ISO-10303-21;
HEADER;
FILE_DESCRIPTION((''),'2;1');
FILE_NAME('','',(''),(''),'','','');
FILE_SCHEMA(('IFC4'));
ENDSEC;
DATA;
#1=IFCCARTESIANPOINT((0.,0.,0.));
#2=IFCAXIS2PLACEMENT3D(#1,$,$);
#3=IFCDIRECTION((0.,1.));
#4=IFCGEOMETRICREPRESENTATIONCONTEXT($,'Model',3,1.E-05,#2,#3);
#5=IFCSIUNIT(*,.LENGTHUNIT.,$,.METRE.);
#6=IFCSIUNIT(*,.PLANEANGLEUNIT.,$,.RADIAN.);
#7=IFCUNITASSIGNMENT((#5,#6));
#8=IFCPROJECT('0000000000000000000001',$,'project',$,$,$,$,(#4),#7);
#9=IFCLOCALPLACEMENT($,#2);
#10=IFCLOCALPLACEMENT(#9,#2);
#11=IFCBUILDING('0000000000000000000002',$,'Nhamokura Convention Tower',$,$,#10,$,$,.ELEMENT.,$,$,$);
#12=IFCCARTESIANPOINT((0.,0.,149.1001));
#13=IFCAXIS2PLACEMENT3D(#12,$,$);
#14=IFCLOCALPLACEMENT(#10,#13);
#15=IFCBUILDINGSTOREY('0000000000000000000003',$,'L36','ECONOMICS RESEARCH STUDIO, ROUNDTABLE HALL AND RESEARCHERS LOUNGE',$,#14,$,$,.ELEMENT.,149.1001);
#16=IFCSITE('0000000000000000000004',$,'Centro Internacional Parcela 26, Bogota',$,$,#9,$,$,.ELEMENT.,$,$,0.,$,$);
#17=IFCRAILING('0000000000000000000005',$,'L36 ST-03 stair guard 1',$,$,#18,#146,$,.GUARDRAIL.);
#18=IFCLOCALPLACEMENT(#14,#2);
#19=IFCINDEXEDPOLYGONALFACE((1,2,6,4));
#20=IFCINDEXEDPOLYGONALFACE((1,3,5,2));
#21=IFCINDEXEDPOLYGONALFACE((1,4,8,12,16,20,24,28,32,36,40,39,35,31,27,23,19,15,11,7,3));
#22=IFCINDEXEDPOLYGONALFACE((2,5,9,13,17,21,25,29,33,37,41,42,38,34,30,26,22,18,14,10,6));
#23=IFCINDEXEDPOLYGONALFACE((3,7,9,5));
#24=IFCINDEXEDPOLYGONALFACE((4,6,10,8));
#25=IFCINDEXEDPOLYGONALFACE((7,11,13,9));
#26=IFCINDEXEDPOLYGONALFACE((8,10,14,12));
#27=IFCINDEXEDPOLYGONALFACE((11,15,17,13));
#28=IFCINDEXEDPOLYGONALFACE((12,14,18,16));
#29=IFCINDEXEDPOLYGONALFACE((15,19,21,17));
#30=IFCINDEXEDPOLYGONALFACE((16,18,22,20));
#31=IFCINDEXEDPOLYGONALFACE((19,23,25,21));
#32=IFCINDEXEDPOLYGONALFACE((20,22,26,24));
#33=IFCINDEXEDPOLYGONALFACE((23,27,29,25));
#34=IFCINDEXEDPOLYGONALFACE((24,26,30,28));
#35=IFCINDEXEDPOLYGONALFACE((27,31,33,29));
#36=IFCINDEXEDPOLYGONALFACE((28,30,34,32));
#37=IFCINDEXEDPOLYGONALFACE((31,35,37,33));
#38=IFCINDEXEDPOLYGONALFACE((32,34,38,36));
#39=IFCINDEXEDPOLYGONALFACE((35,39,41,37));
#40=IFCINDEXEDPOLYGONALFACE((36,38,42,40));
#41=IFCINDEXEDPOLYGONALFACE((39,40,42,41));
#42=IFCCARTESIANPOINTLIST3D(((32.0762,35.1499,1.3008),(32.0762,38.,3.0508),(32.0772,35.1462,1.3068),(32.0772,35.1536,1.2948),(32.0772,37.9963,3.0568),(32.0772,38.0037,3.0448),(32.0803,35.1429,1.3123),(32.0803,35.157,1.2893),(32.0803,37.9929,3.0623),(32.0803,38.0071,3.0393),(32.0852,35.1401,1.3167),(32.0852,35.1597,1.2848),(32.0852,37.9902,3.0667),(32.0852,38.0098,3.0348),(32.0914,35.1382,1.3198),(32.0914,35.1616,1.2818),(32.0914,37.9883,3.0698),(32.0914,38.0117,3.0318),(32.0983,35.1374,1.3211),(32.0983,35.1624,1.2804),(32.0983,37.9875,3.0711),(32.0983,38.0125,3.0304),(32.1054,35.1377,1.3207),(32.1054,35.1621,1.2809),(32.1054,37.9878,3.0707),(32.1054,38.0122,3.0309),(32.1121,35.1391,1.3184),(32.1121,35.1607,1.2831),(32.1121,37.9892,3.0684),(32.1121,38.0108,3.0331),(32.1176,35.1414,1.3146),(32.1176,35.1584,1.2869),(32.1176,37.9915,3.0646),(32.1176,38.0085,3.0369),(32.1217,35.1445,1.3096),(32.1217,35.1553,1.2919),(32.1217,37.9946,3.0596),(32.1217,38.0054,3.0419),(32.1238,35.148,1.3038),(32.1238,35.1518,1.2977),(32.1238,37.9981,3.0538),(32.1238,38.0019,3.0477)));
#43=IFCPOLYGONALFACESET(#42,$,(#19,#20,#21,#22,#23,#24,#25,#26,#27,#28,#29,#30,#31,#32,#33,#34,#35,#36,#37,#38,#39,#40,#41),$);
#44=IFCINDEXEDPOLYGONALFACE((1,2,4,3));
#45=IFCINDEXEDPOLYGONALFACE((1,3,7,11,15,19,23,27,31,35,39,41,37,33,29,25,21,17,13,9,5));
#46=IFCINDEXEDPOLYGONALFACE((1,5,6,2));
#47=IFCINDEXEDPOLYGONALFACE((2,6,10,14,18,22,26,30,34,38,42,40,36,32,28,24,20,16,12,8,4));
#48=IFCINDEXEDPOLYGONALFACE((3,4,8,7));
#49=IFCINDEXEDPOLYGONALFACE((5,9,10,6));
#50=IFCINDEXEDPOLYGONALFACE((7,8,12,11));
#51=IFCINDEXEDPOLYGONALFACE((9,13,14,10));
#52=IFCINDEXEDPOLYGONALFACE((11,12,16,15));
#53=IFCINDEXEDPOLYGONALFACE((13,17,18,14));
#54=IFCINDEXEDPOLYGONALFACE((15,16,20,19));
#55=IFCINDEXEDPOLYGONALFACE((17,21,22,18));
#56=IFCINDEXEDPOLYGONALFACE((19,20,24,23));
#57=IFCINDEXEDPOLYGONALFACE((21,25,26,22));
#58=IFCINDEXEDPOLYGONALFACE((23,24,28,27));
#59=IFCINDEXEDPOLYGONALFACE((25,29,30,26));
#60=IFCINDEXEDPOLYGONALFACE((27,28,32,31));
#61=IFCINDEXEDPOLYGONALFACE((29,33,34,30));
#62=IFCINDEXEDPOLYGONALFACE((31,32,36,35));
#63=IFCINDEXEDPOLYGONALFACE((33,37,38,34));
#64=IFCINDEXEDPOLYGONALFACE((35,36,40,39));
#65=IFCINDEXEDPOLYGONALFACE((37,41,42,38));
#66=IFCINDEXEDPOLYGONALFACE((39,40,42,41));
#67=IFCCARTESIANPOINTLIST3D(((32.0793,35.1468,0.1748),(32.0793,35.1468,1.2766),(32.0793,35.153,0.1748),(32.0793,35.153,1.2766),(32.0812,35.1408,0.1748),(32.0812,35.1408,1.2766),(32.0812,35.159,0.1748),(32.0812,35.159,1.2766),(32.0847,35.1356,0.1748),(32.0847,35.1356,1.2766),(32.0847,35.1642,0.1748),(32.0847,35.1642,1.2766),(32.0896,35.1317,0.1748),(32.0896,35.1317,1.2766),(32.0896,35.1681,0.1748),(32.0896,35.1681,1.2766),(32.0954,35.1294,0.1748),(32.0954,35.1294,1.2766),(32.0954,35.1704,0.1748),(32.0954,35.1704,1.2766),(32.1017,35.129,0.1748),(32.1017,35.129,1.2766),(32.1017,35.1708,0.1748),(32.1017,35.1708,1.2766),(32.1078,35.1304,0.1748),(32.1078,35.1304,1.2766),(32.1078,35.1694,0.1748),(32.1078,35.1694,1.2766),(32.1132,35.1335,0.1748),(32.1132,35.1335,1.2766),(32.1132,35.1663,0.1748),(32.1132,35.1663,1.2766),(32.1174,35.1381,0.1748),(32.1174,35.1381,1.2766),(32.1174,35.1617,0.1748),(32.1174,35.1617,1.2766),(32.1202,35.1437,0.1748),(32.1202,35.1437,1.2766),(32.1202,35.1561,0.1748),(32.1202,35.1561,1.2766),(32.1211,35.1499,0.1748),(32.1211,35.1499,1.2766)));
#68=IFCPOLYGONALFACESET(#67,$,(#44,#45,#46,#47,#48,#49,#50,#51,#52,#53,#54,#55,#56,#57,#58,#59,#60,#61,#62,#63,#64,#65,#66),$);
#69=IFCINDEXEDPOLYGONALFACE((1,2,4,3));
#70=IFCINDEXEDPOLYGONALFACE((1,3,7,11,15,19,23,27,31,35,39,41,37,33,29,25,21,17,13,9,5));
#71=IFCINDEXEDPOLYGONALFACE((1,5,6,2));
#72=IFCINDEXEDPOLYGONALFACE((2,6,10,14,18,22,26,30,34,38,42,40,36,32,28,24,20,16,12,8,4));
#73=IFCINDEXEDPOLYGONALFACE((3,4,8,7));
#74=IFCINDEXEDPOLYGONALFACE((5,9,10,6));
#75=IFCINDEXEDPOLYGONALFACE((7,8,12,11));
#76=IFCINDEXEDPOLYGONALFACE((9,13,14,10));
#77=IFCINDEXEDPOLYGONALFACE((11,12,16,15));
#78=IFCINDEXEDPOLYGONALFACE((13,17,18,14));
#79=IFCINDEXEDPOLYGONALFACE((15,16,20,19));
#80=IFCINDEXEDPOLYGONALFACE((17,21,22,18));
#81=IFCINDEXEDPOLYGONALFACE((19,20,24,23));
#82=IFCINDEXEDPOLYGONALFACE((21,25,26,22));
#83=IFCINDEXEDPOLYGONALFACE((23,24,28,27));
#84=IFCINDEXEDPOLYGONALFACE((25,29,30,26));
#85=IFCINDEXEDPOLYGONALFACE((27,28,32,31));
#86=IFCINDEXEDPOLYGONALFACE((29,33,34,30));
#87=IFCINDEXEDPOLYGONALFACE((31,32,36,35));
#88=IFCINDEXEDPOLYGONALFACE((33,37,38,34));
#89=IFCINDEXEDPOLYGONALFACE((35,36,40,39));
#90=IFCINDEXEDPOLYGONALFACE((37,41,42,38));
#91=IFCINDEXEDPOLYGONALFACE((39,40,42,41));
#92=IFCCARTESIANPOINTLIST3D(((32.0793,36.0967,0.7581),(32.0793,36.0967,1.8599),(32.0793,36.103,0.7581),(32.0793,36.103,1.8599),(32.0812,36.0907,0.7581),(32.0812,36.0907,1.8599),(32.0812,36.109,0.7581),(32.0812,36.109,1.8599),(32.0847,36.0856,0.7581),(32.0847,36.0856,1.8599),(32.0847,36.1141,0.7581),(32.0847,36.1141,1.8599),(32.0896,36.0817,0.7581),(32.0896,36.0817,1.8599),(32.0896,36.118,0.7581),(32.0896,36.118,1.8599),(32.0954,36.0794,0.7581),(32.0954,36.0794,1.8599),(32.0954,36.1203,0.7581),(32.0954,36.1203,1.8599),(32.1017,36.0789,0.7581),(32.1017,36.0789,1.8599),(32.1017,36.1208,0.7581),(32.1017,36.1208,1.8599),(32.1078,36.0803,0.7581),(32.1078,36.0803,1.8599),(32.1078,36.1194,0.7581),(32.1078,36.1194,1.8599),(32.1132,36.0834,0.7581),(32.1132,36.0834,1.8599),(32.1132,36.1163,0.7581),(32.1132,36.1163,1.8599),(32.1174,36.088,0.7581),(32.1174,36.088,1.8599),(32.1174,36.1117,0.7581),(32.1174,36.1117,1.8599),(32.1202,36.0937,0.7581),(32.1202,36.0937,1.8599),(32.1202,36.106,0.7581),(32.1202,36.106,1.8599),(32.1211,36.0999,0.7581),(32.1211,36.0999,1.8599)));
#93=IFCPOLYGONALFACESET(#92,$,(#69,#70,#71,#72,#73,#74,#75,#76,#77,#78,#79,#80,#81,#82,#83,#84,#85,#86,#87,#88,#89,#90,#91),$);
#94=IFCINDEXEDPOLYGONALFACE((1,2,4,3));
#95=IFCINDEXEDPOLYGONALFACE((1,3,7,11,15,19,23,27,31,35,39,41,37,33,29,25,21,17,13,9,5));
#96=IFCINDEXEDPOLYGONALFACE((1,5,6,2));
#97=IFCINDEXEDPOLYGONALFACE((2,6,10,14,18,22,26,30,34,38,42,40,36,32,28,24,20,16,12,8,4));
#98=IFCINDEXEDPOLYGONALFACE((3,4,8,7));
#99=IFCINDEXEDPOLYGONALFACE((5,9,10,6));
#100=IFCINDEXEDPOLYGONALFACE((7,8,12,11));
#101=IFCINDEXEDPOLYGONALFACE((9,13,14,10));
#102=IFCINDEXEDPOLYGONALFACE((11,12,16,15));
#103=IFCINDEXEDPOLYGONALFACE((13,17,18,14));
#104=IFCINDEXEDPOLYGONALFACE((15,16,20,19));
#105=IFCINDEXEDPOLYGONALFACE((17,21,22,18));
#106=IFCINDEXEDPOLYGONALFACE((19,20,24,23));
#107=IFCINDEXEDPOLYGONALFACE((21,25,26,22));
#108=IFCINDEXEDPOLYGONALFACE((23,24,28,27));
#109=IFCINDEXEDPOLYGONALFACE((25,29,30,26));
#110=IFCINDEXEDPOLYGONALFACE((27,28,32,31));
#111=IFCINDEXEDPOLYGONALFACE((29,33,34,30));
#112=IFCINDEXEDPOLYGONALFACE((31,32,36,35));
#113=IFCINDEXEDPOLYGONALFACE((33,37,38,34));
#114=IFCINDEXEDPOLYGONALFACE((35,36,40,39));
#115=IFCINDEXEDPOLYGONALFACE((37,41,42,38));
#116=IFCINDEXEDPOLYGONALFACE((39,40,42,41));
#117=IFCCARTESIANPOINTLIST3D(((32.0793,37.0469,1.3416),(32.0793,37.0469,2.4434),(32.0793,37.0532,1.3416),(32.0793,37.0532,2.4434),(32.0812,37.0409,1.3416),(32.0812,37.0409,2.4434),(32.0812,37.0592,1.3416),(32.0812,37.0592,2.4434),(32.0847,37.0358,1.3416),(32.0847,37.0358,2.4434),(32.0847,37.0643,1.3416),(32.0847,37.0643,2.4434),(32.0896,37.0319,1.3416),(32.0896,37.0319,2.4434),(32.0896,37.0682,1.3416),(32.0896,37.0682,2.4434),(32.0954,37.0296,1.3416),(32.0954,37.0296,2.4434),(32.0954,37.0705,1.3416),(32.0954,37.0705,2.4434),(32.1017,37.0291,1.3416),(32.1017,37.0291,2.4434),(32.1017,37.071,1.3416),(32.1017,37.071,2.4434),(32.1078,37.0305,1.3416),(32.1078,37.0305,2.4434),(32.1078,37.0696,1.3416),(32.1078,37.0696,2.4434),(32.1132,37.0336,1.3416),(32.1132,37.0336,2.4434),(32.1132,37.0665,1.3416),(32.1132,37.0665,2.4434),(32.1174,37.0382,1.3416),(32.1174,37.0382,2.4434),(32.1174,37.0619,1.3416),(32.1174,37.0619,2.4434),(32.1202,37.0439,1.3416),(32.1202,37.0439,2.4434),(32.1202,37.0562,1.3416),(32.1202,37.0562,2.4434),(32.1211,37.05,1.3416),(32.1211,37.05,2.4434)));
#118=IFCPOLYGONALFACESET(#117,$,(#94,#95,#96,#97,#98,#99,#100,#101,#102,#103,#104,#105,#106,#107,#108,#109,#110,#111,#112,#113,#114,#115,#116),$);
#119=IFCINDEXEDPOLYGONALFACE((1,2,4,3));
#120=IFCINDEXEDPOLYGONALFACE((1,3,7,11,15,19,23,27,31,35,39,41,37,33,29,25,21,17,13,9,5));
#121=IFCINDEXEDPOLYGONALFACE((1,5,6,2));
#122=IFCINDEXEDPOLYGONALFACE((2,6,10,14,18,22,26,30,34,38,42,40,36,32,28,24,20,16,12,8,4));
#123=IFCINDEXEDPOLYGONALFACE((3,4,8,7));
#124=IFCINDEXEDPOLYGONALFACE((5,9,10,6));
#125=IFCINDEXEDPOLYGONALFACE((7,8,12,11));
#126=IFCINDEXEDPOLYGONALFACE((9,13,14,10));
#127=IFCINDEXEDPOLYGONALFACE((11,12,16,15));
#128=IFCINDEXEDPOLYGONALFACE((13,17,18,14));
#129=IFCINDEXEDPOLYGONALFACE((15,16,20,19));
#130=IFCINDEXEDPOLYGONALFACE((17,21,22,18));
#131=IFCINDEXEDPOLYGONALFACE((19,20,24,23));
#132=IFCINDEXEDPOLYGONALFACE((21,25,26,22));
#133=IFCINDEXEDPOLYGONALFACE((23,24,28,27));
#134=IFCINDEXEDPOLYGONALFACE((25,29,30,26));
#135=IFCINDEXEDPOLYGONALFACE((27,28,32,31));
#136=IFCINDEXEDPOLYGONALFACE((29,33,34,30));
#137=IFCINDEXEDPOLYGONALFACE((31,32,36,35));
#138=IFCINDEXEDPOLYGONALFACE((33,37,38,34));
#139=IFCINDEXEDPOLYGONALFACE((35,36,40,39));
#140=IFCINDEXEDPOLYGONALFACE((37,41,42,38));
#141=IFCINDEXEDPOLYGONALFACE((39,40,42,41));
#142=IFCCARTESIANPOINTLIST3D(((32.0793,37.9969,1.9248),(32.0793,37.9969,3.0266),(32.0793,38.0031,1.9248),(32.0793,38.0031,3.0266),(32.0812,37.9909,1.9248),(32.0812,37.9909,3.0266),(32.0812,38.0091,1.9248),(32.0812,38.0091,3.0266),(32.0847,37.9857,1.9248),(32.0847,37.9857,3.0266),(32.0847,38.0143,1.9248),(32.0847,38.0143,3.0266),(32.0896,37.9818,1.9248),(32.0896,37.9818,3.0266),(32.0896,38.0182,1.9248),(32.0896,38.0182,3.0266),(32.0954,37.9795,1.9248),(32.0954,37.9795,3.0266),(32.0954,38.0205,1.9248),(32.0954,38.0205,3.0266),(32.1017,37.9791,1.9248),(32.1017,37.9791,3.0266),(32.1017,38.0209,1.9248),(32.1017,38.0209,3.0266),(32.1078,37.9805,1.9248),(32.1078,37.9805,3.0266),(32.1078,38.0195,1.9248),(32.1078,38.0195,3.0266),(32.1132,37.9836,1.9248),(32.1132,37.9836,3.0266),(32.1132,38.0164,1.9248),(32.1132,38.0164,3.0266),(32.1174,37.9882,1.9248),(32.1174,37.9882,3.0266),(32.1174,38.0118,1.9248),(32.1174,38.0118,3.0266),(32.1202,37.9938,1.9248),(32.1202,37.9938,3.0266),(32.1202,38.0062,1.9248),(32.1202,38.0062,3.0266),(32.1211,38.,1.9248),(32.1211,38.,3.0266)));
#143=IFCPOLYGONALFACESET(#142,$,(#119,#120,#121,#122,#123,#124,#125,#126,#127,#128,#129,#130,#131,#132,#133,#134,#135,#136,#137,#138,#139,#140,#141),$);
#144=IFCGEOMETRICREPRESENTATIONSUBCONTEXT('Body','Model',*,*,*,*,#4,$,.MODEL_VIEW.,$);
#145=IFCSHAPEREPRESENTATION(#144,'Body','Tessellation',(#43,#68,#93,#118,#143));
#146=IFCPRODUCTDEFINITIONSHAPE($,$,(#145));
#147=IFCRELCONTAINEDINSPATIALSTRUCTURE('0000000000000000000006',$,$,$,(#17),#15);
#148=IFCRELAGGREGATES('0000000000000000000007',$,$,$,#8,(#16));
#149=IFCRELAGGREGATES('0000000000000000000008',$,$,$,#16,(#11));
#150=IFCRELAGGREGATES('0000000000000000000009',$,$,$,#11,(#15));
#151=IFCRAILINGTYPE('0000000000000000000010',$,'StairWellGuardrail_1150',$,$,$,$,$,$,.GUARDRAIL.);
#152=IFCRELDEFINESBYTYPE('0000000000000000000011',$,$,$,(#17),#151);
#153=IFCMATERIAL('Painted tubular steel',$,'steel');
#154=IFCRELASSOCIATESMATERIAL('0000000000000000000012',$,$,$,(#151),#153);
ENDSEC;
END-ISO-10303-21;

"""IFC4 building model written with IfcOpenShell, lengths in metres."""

from ifc_helpers import new_model, si_unit, direction, frame, origin, origin_2d, place, context, subcontext, project, spatial, circle, extrude, material, type_object, element, save


model = new_model("IFC4")

# Units and contexts
model_context = context("Model", 3, precision=1e-05, world=origin(), true_north=direction((0.0, 1.0)))
body_context = subcontext(model_context, "Body", "Model", "MODEL_VIEW")
ifc_project = project(units=[si_unit("LENGTHUNIT", "METRE"), si_unit("PLANEANGLEUNIT", "RADIAN")], contexts=[model_context])

# Site, building, storey
site_placement = place(None, origin())
site = spatial("IfcSite", under=ifc_project, at=site_placement, Name="Centro Internacional Parcela 26, Bogota", CompositionType="ELEMENT", RefElevation=0.0)
building_placement = place(site_placement, origin())
building = spatial("IfcBuilding", under=site, at=building_placement, Name="Nhamokura Convention Tower", CompositionType="ELEMENT")
storey_placement = place(building_placement, frame((0.0, 0.0, 149.1001)))
storey = spatial("IfcBuildingStorey", under=building, at=storey_placement, Name="L36", Description="ECONOMICS RESEARCH STUDIO, ROUNDTABLE HALL AND RESEARCHERS LOUNGE", CompositionType="ELEMENT", Elevation=149.1001)

# Railing
ifc_material_1 = material(Name="Painted tubular steel", Category="steel")
railing_type_1 = type_object("IfcRailingType", Name="StairWellGuardrail_1150", PredefinedType="GUARDRAIL", material=ifc_material_1)
railing_1_placement = place(storey_placement, frame((32.1001, 35.1499, 0.1748)))
element("IfcRailing", 1, at=railing_1_placement, inside=storey, type_object=railing_type_1, Name="L36 ST-03 stair guard 1", PredefinedType="GUARDRAIL", context=body_context, shape_type="SweptSolid", body=[
    extrude(circle(Radius=0.0239, at=origin_2d()), frame((0.0, 0.0, 1.126), z_axis=(0.0, 0.852179, 0.52325), x_axis=(-1.0, 0.0, 0.0)), (0.0, 0.0, 1.0), 3.3445),
    extrude(circle(Radius=0.021, at=origin_2d()), origin(), (0.0, 0.0, 1.0), 1.1018),
    extrude(circle(Radius=0.021, at=origin_2d()), frame((0.0, 0.95, 0.5833)), (0.0, 0.0, 1.0), 1.1018),
    extrude(circle(Radius=0.021, at=origin_2d()), frame((0.0, 1.9001, 1.1667)), (0.0, 0.0, 1.0), 1.1018),
    extrude(circle(Radius=0.021, at=origin_2d()), frame((0.0, 2.8501, 1.75)), (0.0, 0.0, 1.0), 1.1018),
])

save(model, "model.ifc")
